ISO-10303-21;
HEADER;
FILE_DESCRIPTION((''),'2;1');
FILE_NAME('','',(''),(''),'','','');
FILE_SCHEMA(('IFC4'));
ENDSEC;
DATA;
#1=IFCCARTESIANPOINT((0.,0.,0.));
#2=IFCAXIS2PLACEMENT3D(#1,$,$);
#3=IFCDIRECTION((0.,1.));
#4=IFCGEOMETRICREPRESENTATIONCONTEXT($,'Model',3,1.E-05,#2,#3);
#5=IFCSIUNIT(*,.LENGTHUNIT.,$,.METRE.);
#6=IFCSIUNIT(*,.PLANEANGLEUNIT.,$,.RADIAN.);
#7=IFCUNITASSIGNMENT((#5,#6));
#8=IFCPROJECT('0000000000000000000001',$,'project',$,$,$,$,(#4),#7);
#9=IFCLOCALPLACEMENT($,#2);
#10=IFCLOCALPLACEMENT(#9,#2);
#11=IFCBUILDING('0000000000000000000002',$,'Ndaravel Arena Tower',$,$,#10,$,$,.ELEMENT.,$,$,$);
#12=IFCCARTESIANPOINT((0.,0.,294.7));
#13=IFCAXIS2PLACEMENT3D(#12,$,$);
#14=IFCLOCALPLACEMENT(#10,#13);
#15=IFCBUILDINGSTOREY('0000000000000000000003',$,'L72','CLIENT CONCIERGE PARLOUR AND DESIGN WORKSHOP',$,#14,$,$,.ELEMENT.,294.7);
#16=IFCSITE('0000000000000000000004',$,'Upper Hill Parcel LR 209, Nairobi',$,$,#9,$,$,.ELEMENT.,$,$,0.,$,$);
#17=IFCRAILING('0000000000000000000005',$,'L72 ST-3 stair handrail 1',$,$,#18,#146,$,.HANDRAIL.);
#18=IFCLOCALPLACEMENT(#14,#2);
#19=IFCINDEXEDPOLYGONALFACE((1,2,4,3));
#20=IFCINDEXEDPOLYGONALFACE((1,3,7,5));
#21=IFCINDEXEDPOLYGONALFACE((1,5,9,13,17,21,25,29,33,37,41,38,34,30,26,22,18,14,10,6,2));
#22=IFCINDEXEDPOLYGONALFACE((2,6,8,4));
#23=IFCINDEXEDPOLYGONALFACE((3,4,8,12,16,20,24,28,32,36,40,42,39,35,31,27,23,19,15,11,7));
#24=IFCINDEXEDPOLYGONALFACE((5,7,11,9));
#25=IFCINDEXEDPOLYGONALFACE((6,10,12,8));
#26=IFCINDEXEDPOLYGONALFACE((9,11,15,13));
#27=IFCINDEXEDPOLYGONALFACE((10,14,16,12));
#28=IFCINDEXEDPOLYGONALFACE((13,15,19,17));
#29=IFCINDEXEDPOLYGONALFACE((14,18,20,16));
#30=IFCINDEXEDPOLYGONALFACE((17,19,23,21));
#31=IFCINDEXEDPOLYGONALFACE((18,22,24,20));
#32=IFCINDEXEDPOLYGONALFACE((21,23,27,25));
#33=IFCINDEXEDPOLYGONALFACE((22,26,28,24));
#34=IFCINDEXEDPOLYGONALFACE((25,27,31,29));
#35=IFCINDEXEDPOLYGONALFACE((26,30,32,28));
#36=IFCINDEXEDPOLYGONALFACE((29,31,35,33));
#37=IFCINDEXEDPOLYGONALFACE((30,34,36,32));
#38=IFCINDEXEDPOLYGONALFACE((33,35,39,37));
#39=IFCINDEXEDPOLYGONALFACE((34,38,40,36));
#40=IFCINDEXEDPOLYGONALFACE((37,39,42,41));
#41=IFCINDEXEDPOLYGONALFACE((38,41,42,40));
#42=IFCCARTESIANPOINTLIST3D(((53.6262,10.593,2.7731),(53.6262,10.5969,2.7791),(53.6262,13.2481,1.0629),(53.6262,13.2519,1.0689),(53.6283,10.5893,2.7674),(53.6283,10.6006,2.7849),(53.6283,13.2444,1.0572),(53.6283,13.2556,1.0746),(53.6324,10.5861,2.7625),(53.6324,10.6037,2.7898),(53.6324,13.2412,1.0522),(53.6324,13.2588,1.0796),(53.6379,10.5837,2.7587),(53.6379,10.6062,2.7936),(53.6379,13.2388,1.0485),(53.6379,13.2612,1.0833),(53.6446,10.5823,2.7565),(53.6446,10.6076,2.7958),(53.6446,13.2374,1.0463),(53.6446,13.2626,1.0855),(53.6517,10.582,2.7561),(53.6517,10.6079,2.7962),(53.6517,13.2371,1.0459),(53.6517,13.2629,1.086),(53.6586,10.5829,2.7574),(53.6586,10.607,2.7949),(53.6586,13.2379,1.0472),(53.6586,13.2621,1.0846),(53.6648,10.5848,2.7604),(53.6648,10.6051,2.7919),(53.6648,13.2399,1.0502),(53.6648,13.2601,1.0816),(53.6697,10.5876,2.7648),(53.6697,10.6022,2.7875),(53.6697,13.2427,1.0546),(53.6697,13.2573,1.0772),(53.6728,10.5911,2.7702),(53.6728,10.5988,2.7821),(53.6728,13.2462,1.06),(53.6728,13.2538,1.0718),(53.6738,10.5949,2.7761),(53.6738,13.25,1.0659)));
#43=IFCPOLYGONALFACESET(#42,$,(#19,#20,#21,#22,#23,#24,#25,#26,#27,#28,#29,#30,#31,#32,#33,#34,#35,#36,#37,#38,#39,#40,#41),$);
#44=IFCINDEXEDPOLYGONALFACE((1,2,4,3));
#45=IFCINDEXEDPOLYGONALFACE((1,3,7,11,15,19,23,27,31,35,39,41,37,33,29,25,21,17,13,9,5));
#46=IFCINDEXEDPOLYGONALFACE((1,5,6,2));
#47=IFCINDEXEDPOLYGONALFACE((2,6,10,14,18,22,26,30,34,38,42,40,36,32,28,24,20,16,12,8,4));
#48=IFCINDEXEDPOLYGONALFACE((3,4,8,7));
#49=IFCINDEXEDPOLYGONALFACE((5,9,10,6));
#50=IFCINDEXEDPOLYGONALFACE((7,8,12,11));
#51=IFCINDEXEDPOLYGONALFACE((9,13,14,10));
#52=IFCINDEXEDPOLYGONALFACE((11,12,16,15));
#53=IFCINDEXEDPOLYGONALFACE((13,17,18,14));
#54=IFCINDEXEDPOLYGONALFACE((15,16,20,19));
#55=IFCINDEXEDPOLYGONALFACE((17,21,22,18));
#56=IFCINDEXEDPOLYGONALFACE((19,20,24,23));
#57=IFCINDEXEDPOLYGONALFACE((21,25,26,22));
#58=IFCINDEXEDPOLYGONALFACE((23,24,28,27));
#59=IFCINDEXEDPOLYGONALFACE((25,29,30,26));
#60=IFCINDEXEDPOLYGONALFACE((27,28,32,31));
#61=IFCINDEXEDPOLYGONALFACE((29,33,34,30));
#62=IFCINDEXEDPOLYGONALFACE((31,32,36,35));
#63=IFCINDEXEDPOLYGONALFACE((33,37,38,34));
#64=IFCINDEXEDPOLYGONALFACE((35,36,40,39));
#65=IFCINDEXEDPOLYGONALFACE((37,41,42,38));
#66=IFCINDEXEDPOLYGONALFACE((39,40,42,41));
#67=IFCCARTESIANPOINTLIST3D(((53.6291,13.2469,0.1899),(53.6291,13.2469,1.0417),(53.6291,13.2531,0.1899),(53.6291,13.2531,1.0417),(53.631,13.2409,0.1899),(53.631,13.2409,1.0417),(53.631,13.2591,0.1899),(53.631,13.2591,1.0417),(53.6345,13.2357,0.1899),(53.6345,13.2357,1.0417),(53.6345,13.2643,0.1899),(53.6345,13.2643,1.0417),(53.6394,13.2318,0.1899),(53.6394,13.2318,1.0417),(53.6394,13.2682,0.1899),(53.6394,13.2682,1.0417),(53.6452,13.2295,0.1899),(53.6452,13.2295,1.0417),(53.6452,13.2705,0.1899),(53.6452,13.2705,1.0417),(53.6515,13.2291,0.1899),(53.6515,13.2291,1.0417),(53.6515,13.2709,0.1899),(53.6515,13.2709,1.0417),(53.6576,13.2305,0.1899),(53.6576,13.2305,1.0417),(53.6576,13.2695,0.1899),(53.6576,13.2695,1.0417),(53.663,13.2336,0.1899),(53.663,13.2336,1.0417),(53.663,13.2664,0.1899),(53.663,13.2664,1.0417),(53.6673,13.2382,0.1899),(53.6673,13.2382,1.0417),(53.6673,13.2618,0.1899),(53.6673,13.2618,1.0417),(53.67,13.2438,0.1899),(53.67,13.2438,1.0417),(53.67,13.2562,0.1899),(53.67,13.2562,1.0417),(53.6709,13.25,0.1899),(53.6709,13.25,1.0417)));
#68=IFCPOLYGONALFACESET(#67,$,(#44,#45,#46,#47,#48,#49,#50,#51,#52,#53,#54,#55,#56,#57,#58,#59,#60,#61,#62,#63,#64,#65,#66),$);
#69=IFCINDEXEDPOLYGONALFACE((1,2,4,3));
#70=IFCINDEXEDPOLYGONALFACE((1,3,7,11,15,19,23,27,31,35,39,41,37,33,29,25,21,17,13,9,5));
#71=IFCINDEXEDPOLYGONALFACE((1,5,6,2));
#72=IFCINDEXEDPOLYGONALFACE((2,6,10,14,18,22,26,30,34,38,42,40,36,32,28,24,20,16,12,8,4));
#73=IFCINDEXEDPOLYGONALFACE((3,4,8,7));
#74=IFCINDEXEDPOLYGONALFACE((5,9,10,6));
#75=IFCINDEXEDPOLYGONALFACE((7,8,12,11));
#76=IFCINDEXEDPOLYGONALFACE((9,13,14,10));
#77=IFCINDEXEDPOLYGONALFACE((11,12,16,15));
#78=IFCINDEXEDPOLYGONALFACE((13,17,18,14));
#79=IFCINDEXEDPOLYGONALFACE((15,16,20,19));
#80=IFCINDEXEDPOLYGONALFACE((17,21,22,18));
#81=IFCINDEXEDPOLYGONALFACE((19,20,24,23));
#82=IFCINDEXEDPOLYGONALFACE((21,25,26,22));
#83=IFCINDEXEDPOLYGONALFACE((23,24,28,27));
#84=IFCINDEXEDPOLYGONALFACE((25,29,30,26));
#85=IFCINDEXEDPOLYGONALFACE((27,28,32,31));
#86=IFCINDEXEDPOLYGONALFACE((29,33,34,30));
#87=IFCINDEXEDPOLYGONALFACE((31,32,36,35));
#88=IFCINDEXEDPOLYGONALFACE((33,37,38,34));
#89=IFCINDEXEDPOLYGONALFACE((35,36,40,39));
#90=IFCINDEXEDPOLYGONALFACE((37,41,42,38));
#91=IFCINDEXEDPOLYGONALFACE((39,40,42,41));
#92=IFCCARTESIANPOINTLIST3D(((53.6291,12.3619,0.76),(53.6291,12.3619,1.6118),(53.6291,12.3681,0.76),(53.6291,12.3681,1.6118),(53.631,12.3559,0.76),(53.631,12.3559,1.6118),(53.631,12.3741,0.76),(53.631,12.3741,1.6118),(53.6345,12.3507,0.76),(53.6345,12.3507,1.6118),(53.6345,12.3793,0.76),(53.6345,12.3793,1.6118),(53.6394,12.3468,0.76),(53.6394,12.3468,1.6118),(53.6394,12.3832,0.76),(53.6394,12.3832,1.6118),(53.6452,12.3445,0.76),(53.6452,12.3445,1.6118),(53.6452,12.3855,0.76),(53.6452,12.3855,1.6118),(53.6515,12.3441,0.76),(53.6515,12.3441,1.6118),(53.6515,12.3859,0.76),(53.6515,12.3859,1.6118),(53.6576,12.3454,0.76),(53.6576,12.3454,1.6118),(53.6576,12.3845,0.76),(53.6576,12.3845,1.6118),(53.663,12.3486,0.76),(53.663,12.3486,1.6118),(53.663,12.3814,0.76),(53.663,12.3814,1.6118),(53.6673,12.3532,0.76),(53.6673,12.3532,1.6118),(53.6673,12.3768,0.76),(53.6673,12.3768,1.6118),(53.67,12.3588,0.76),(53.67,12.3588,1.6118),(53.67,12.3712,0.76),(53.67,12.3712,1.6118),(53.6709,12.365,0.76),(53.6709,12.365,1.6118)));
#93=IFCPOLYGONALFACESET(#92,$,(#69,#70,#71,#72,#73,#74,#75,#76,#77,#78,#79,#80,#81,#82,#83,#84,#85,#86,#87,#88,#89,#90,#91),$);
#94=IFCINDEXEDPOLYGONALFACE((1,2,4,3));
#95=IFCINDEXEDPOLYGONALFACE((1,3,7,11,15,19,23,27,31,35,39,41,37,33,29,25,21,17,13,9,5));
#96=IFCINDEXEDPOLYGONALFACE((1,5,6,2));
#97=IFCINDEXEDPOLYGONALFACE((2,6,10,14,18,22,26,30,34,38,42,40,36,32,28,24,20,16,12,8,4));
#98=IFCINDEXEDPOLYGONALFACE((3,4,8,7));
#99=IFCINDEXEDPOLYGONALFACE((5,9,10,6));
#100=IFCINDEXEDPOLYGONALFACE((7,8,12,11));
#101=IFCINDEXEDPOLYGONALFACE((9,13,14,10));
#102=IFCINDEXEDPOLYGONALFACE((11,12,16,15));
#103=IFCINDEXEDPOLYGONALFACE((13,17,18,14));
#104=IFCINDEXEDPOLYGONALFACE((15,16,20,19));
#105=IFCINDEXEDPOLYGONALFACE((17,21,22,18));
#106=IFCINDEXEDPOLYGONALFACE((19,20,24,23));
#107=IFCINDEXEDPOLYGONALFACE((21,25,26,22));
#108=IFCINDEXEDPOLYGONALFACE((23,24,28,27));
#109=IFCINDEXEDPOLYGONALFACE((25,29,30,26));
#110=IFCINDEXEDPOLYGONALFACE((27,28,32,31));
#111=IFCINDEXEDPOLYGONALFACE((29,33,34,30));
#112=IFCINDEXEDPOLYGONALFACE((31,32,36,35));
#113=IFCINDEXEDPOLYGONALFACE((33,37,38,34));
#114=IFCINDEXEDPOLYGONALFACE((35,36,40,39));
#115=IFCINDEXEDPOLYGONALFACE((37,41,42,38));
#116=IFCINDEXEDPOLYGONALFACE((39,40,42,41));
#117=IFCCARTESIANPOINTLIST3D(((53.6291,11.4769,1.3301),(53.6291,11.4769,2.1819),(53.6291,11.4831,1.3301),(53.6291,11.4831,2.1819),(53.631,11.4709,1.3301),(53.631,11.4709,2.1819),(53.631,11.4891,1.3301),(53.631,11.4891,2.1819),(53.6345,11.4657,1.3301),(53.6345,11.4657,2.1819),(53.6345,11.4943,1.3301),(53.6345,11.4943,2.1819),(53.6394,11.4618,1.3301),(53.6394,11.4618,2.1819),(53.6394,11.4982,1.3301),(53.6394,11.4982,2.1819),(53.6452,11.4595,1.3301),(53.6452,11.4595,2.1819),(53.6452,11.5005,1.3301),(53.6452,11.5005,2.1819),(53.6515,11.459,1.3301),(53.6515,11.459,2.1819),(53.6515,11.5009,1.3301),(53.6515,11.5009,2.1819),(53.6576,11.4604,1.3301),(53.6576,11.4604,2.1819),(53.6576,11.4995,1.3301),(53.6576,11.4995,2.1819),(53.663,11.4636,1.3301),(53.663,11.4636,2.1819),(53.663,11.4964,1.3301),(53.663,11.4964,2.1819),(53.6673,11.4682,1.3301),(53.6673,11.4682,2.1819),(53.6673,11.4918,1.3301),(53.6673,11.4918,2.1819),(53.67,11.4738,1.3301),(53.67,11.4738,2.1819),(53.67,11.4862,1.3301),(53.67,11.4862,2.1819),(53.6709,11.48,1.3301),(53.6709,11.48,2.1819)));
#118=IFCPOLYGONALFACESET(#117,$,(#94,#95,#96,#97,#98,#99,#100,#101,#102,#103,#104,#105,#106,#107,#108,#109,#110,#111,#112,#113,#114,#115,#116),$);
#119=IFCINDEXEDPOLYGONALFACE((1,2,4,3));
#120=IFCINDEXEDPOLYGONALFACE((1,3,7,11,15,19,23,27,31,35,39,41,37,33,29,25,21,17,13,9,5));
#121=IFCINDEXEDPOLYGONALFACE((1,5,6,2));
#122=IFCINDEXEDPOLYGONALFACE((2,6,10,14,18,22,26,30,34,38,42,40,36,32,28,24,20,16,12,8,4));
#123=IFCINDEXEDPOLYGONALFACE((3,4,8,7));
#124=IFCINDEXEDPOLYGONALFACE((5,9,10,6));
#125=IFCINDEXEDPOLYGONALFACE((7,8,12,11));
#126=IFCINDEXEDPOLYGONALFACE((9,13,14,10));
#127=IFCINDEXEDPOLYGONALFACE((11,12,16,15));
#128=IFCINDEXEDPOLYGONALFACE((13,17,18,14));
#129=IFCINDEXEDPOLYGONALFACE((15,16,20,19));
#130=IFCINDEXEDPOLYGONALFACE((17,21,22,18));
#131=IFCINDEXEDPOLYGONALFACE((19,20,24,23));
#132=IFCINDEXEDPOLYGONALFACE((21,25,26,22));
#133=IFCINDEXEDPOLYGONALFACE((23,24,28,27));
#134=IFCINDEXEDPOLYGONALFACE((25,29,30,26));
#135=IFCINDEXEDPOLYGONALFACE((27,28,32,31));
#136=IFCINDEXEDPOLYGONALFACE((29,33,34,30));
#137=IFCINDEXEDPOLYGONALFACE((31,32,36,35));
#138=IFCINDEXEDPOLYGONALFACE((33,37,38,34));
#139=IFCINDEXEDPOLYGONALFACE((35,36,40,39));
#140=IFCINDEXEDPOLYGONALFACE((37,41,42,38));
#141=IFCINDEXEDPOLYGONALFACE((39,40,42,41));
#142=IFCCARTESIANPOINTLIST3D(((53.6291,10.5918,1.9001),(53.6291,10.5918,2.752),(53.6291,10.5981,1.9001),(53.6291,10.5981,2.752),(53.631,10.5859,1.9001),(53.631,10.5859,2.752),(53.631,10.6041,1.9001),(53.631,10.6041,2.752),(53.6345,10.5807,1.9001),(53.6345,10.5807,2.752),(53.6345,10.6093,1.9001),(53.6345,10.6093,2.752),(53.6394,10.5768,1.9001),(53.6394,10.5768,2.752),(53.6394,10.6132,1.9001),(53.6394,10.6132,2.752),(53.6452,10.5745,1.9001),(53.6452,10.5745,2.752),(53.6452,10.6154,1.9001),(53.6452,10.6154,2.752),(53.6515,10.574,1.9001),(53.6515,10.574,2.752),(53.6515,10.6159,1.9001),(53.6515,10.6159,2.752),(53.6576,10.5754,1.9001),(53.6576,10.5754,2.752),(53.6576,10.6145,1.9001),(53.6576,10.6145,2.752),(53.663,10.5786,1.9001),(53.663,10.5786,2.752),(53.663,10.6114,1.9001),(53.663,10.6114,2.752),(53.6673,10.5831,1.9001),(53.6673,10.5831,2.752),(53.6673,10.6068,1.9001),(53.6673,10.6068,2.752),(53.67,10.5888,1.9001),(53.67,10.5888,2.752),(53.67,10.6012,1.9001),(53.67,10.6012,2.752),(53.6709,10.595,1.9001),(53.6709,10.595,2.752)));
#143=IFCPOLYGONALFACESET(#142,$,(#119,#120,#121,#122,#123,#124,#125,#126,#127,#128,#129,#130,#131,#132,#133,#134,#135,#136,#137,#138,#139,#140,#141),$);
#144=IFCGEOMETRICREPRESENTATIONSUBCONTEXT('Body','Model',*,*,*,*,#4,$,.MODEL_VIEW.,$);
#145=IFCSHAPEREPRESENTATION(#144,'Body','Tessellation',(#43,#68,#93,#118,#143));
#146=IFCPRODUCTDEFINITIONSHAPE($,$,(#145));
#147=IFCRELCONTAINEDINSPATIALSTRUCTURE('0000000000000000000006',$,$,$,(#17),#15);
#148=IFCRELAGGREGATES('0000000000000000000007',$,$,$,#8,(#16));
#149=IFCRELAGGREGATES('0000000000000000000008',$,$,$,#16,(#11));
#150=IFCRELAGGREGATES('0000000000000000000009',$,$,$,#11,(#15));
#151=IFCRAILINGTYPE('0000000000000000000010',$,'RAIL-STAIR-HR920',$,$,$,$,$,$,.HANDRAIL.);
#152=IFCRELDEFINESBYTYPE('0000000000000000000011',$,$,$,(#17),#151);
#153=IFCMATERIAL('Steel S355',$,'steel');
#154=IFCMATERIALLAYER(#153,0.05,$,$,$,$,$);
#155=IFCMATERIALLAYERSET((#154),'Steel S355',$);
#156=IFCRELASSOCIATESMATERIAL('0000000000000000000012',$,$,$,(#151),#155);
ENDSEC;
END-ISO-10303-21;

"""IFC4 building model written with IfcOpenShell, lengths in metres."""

from ifc_helpers import new_model, si_unit, direction, frame, origin, origin_2d, place, context, subcontext, project, spatial, circle, extrude, material, layer, layer_set, type_object, element, save


model = new_model("IFC4")

# Units and contexts
model_context = context("Model", 3, precision=1e-05, world=origin(), true_north=direction((0.0, 1.0)))
body_context = subcontext(model_context, "Body", "Model", "MODEL_VIEW")
ifc_project = project(units=[si_unit("LENGTHUNIT", "METRE"), si_unit("PLANEANGLEUNIT", "RADIAN")], contexts=[model_context])

# Site, building, storey
site_placement = place(None, origin())
site = spatial("IfcSite", under=ifc_project, at=site_placement, Name="Upper Hill Parcel LR 209, Nairobi", CompositionType="ELEMENT", RefElevation=0.0)
building_placement = place(site_placement, origin())
building = spatial("IfcBuilding", under=site, at=building_placement, Name="Ndaravel Arena Tower", CompositionType="ELEMENT")
storey_placement = place(building_placement, frame((0.0, 0.0, 294.7)))
storey = spatial("IfcBuildingStorey", under=building, at=storey_placement, Name="L72", Description="CLIENT CONCIERGE PARLOUR AND DESIGN WORKSHOP", CompositionType="ELEMENT", Elevation=294.7)

# Railing
ifc_material_1 = material(Name="Steel S355", Category="steel")
ifc_layer_1 = layer(ifc_material_1, 0.05)
ifc_layer_set_1 = layer_set([ifc_layer_1], Name="Steel S355")
railing_type_1 = type_object("IfcRailingType", Name="RAIL-STAIR-HR920", PredefinedType="HANDRAIL", material=ifc_layer_set_1)
railing_1_placement = place(storey_placement, frame((53.6499, 13.25, 0.1899)))
element("IfcRailing", 1, at=railing_1_placement, inside=storey, type_object=railing_type_1, Name="L72 ST-3 stair handrail 1", PredefinedType="HANDRAIL", context=body_context, shape_type="SweptSolid", body=[
    extrude(circle(Radius=0.0239, at=origin_2d()), frame((0.0, 0.0, 0.876), z_axis=(0.0, -0.840688, 0.541519), x_axis=(1.0, 0.0, 0.0)), (0.0, 0.0, 1.0), 3.1582),
    extrude(circle(Radius=0.021, at=origin_2d()), origin(), (0.0, 0.0, 1.0), 0.8518),
    extrude(circle(Radius=0.021, at=origin_2d()), frame((0.0, -0.885, 0.5701)), (0.0, 0.0, 1.0), 0.8518),
    extrude(circle(Radius=0.021, at=origin_2d()), frame((0.0, -1.77, 1.1401)), (0.0, 0.0, 1.0), 0.8518),
    extrude(circle(Radius=0.021, at=origin_2d()), frame((0.0, -2.655, 1.7102)), (0.0, 0.0, 1.0), 0.8518),
])

save(model, "model.ifc")
